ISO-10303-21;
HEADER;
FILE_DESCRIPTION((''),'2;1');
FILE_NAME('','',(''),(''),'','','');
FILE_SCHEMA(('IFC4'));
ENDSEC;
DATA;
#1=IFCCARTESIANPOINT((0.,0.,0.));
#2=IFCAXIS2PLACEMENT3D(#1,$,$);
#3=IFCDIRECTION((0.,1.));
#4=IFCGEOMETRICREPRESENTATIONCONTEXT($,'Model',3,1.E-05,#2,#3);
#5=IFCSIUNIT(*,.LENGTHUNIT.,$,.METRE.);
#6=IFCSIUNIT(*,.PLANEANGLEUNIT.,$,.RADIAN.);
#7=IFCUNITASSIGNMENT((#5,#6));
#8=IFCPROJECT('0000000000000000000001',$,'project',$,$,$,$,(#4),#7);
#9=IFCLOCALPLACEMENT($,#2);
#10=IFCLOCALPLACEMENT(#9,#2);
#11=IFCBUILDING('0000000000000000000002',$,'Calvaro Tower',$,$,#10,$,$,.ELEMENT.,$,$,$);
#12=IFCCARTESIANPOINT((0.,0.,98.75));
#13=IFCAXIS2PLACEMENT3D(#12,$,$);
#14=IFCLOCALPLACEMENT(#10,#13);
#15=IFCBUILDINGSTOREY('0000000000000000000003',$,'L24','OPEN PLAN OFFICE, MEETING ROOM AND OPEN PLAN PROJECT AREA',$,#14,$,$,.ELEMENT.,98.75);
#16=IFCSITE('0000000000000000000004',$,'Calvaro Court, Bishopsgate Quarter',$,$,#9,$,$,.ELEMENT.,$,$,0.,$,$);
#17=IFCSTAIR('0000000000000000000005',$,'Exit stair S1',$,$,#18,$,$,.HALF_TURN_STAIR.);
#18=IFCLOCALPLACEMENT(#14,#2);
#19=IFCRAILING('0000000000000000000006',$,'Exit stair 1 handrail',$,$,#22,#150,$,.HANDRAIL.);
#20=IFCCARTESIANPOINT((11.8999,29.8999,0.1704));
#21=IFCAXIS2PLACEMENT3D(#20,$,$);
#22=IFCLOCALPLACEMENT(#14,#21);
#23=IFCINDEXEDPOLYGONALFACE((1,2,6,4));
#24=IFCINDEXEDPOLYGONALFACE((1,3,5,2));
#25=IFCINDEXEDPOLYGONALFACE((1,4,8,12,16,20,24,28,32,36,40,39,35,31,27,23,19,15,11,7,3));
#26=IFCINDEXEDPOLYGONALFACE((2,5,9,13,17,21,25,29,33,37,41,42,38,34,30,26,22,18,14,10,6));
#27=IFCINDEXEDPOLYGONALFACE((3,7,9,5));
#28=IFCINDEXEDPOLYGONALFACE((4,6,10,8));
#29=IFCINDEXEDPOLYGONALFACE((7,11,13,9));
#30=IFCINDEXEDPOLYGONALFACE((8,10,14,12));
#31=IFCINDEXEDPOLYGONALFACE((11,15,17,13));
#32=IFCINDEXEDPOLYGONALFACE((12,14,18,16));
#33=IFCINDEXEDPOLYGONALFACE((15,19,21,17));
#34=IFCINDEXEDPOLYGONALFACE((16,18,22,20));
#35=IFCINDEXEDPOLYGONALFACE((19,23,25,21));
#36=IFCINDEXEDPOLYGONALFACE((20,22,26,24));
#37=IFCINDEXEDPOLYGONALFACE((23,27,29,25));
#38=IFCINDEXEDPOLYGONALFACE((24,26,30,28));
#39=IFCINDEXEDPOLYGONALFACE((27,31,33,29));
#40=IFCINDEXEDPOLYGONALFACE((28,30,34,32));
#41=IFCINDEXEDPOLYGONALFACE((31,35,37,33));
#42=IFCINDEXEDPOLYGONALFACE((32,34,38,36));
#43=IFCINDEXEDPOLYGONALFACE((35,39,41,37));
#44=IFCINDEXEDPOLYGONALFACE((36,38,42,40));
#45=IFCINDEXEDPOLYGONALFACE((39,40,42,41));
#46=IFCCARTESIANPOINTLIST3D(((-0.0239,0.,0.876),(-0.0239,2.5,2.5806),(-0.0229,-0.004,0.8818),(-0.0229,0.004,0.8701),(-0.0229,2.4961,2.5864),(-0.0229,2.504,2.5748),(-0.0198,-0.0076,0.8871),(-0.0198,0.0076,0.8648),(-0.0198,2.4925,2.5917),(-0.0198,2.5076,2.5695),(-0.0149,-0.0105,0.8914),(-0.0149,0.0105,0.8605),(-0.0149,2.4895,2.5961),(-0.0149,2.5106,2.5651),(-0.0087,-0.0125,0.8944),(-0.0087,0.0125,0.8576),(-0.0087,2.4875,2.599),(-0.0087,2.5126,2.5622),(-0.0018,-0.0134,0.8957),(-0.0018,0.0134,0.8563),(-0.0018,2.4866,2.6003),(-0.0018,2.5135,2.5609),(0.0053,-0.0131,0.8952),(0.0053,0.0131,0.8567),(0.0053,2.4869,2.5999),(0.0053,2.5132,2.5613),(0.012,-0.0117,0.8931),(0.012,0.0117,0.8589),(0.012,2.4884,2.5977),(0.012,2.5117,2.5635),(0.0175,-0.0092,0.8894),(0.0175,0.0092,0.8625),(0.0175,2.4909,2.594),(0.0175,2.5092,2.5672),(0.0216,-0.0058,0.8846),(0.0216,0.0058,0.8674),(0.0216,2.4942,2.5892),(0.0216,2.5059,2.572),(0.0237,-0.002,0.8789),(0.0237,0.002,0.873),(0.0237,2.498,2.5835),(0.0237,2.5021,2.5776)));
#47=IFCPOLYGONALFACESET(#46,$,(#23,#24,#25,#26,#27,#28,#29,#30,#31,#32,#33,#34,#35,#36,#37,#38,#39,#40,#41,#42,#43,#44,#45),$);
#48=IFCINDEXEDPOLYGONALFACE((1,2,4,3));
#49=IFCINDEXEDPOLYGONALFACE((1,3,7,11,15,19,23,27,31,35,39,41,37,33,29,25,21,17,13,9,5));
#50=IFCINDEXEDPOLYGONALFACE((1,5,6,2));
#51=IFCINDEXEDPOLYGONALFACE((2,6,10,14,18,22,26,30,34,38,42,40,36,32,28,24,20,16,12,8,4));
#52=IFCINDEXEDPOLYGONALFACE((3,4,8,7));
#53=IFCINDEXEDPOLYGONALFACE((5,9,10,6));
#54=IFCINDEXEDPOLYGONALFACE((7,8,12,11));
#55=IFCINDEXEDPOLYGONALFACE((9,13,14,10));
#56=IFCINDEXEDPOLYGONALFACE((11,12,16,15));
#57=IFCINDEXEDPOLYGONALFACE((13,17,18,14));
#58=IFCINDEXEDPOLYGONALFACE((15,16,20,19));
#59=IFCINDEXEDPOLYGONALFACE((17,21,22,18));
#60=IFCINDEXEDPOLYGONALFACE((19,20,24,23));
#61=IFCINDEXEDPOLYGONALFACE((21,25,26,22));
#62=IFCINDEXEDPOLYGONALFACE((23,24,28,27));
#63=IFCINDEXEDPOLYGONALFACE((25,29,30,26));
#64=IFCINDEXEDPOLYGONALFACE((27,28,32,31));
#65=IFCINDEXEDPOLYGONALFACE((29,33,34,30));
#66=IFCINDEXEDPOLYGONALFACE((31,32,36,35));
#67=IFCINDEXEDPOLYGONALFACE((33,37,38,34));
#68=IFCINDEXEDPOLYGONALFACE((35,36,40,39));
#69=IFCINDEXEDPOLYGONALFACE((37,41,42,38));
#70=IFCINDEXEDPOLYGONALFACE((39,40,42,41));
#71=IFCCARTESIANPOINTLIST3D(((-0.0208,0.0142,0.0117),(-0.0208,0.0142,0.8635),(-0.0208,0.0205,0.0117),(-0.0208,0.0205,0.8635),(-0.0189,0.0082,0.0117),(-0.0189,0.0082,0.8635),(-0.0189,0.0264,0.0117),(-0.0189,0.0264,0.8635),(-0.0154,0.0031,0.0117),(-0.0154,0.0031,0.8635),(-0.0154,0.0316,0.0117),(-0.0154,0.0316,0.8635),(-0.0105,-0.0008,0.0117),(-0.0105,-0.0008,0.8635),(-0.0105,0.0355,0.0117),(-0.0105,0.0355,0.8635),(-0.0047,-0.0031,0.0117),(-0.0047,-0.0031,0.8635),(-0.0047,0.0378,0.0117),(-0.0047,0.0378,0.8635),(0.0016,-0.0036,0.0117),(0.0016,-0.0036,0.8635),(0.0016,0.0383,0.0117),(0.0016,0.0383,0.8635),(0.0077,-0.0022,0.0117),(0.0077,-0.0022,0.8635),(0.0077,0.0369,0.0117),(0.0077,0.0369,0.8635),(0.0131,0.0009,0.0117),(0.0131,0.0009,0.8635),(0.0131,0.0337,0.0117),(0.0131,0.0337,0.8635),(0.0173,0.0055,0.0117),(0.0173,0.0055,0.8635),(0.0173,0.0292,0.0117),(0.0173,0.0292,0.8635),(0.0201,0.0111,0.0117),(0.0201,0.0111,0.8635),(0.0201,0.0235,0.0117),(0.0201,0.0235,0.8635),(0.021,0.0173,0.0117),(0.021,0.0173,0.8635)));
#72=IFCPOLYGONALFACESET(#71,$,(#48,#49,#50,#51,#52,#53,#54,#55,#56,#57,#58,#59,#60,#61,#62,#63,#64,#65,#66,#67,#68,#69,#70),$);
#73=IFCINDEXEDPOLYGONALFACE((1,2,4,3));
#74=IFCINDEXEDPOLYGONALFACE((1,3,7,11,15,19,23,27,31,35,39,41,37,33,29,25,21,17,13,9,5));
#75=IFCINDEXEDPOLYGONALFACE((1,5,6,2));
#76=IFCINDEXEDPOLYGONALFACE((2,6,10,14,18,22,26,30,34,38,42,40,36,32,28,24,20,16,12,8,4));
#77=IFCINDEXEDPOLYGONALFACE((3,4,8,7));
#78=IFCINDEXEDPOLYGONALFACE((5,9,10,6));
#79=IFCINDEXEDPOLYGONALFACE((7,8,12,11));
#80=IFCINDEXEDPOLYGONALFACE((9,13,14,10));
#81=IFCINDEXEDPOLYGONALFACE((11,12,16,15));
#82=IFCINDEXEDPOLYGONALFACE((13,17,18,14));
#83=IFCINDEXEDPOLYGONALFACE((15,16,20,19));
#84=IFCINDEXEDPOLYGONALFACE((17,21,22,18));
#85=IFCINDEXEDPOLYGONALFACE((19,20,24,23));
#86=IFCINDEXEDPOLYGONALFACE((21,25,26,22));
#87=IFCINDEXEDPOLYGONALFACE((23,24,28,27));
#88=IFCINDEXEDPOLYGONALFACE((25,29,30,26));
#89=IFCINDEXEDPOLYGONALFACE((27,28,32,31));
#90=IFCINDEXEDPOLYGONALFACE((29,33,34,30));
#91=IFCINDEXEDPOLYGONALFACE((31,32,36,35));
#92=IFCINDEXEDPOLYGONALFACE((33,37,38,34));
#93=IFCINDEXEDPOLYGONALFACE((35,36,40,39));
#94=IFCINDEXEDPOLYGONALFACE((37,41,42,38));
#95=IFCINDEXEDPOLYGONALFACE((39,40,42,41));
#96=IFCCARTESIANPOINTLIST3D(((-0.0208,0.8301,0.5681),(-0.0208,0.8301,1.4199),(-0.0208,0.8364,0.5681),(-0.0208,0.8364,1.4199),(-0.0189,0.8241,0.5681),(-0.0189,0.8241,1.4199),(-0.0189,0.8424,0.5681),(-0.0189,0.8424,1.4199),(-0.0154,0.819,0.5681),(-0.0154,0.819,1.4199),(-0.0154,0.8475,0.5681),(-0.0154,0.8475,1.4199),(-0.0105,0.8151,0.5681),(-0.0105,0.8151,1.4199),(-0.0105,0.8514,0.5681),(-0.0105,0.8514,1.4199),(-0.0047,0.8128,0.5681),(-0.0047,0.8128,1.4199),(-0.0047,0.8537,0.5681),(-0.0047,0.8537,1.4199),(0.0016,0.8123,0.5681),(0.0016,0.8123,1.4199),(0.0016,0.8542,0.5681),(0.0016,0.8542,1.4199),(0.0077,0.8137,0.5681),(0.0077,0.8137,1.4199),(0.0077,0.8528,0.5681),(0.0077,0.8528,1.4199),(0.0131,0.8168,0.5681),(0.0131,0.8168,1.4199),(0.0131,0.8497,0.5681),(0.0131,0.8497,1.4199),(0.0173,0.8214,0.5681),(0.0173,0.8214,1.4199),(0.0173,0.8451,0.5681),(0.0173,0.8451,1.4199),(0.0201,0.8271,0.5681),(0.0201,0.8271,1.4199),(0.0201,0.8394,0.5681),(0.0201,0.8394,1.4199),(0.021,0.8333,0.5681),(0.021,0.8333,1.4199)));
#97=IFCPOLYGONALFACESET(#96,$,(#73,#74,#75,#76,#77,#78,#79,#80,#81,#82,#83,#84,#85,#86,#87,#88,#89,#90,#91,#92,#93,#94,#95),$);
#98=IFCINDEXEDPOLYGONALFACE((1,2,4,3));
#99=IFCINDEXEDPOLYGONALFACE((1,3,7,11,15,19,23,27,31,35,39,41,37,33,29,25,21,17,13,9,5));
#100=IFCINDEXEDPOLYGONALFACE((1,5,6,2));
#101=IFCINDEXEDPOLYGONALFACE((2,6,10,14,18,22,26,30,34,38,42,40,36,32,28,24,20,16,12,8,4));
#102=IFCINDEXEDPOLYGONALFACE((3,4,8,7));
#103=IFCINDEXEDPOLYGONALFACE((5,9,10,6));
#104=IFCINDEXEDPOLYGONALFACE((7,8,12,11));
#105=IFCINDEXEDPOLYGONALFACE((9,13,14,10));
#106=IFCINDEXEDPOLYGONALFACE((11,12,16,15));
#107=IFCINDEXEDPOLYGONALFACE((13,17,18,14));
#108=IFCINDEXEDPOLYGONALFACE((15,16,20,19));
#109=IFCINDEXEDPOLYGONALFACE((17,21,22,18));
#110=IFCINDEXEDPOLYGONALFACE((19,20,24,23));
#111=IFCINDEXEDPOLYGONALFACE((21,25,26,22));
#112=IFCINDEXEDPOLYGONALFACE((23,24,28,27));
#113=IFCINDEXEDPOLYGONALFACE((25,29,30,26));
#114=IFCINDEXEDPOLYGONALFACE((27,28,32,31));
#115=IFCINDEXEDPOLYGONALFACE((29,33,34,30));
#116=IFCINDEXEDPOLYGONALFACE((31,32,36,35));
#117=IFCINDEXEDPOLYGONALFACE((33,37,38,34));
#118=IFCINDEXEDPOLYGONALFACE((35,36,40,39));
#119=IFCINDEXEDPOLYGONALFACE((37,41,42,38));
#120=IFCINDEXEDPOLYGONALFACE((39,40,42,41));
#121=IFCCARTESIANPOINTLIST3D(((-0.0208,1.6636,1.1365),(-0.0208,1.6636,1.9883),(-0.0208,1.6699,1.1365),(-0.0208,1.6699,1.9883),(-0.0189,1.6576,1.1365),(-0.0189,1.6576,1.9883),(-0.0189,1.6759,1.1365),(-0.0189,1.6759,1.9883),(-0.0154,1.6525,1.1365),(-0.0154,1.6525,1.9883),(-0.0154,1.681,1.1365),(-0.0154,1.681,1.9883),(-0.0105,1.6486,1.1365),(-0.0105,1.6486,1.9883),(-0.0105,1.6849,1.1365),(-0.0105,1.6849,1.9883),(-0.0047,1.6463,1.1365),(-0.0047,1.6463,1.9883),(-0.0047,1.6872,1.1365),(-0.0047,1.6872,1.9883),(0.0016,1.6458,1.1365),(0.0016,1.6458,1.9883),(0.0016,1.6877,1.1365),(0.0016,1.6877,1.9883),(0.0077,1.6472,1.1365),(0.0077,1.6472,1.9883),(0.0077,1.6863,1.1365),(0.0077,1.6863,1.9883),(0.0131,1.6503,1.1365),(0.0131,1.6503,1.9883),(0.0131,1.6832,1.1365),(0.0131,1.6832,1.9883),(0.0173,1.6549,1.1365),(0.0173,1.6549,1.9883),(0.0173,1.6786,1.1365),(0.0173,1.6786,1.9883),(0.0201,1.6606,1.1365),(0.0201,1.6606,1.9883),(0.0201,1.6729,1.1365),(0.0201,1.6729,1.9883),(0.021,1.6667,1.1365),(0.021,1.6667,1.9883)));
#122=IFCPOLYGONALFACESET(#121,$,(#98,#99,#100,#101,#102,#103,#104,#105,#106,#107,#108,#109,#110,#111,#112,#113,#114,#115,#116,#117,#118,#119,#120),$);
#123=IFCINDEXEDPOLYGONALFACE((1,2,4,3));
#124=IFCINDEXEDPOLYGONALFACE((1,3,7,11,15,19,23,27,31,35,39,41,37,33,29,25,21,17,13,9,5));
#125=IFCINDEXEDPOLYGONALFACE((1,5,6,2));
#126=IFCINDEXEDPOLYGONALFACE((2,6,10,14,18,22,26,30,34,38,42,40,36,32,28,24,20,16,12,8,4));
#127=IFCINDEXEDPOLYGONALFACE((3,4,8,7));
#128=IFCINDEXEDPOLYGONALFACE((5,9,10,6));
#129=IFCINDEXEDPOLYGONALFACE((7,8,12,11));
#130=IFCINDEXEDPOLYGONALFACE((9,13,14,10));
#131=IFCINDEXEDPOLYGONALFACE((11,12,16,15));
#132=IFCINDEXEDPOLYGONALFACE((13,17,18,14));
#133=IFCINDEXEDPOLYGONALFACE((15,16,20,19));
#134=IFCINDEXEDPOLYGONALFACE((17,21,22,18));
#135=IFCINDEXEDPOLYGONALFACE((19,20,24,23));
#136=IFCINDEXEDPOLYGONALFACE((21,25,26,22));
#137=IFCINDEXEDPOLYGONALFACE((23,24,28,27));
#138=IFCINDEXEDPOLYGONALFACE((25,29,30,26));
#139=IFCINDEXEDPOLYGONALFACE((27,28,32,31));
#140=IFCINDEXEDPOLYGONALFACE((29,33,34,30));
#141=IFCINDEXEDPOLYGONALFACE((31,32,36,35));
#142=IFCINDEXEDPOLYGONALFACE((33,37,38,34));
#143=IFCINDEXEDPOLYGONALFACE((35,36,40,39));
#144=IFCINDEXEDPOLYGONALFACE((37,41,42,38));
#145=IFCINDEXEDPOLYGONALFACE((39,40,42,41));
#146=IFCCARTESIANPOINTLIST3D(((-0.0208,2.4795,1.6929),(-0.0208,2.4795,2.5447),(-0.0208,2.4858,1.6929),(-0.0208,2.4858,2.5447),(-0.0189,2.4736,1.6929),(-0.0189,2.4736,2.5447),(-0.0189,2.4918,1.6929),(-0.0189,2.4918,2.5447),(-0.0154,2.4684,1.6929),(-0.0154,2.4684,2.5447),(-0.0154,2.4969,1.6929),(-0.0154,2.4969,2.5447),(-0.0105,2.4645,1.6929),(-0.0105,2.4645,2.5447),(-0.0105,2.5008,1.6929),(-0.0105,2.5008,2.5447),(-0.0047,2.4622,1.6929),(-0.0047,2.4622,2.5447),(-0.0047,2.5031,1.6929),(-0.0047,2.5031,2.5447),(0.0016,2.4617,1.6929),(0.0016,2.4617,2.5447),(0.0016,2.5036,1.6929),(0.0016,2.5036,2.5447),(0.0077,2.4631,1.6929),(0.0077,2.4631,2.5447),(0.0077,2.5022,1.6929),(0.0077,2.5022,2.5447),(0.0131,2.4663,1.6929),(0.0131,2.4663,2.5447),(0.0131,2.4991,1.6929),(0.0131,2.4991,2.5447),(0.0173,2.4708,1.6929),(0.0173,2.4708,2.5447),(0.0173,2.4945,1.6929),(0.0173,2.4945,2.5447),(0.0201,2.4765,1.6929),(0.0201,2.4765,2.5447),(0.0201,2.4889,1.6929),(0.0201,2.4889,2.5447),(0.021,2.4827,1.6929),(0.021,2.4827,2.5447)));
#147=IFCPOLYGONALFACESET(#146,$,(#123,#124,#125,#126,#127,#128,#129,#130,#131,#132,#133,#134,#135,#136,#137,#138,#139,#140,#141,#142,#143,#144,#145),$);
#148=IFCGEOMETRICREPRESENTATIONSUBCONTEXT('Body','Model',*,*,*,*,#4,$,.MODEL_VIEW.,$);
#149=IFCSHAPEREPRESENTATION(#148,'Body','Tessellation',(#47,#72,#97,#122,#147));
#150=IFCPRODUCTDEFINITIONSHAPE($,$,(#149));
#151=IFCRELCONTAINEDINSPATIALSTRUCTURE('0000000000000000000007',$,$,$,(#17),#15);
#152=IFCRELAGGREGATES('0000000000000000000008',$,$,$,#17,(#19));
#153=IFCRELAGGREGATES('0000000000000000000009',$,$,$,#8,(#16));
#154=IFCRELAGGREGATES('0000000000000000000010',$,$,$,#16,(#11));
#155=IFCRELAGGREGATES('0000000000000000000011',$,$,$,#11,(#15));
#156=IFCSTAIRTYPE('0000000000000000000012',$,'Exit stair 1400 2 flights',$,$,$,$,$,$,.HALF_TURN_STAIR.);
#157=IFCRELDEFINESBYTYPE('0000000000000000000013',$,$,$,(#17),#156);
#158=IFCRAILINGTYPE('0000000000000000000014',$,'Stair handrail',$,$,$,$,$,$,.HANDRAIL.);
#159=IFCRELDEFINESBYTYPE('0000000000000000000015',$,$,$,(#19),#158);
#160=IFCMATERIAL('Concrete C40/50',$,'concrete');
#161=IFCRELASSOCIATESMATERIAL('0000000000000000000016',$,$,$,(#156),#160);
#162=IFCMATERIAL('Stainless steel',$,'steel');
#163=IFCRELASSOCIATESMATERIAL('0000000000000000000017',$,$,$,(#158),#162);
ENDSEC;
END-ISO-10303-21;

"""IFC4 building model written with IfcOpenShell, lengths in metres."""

from ifc_helpers import new_model, si_unit, direction, frame, origin, origin_2d, place, context, subcontext, project, spatial, circle, extrude, material, type_object, element, aggregate, save


model = new_model("IFC4")

# Units and contexts
model_context = context("Model", 3, precision=1e-05, world=origin(), true_north=direction((0.0, 1.0)))
body_context = subcontext(model_context, "Body", "Model", "MODEL_VIEW")
ifc_project = project(units=[si_unit("LENGTHUNIT", "METRE"), si_unit("PLANEANGLEUNIT", "RADIAN")], contexts=[model_context])

# Site, building, storey
site_placement = place(None, origin())
site = spatial("IfcSite", under=ifc_project, at=site_placement, Name="Calvaro Court, Bishopsgate Quarter", CompositionType="ELEMENT", RefElevation=0.0)
building_placement = place(site_placement, origin())
building = spatial("IfcBuilding", under=site, at=building_placement, Name="Calvaro Tower", CompositionType="ELEMENT")
storey_placement = place(building_placement, frame((0.0, 0.0, 98.75)))
storey = spatial("IfcBuildingStorey", under=building, at=storey_placement, Name="L24", Description="OPEN PLAN OFFICE, MEETING ROOM AND OPEN PLAN PROJECT AREA", CompositionType="ELEMENT", Elevation=98.75)

# Stair, railing
ifc_material_1 = material(Name="Concrete C40/50", Category="concrete")
stair_type = type_object("IfcStairType", Name="Exit stair 1400 2 flights", PredefinedType="HALF_TURN_STAIR", material=ifc_material_1)
stair_placement = place(storey_placement, origin())
stair = element("IfcStair", 1, at=stair_placement, inside=storey, type_object=stair_type, Name="Exit stair S1", PredefinedType="HALF_TURN_STAIR")
ifc_material_2 = material(Name="Stainless steel", Category="steel")
railing_type = type_object("IfcRailingType", Name="Stair handrail", PredefinedType="HANDRAIL", material=ifc_material_2)
railing_1_placement = place(storey_placement, frame((11.8999, 29.8999, 0.1704)))
railing_1 = element("IfcRailing", 2, at=railing_1_placement, type_object=railing_type, Name="Exit stair 1 handrail", PredefinedType="HANDRAIL", context=body_context, shape_type="SweptSolid", body=[
    extrude(circle(Radius=0.0239, at=origin_2d()), frame((0.0, 0.0, 0.876), z_axis=(0.0, 0.826221, 0.563347), x_axis=(-1.0, 0.0, 0.0)), (0.0, 0.0, 1.0), 3.0259),
    extrude(circle(Radius=0.021, at=origin_2d()), frame((0.0, 0.0173, 0.0117)), (0.0, 0.0, 1.0), 0.8518),
    extrude(circle(Radius=0.021, at=origin_2d()), frame((0.0, 0.8333, 0.5681)), (0.0, 0.0, 1.0), 0.8518),
    extrude(circle(Radius=0.021, at=origin_2d()), frame((0.0, 1.6667, 1.1365)), (0.0, 0.0, 1.0), 0.8518),
    extrude(circle(Radius=0.021, at=origin_2d()), frame((0.0, 2.4827, 1.6929)), (0.0, 0.0, 1.0), 0.8518),
])
aggregate(stair, [railing_1])

save(model, "model.ifc")
